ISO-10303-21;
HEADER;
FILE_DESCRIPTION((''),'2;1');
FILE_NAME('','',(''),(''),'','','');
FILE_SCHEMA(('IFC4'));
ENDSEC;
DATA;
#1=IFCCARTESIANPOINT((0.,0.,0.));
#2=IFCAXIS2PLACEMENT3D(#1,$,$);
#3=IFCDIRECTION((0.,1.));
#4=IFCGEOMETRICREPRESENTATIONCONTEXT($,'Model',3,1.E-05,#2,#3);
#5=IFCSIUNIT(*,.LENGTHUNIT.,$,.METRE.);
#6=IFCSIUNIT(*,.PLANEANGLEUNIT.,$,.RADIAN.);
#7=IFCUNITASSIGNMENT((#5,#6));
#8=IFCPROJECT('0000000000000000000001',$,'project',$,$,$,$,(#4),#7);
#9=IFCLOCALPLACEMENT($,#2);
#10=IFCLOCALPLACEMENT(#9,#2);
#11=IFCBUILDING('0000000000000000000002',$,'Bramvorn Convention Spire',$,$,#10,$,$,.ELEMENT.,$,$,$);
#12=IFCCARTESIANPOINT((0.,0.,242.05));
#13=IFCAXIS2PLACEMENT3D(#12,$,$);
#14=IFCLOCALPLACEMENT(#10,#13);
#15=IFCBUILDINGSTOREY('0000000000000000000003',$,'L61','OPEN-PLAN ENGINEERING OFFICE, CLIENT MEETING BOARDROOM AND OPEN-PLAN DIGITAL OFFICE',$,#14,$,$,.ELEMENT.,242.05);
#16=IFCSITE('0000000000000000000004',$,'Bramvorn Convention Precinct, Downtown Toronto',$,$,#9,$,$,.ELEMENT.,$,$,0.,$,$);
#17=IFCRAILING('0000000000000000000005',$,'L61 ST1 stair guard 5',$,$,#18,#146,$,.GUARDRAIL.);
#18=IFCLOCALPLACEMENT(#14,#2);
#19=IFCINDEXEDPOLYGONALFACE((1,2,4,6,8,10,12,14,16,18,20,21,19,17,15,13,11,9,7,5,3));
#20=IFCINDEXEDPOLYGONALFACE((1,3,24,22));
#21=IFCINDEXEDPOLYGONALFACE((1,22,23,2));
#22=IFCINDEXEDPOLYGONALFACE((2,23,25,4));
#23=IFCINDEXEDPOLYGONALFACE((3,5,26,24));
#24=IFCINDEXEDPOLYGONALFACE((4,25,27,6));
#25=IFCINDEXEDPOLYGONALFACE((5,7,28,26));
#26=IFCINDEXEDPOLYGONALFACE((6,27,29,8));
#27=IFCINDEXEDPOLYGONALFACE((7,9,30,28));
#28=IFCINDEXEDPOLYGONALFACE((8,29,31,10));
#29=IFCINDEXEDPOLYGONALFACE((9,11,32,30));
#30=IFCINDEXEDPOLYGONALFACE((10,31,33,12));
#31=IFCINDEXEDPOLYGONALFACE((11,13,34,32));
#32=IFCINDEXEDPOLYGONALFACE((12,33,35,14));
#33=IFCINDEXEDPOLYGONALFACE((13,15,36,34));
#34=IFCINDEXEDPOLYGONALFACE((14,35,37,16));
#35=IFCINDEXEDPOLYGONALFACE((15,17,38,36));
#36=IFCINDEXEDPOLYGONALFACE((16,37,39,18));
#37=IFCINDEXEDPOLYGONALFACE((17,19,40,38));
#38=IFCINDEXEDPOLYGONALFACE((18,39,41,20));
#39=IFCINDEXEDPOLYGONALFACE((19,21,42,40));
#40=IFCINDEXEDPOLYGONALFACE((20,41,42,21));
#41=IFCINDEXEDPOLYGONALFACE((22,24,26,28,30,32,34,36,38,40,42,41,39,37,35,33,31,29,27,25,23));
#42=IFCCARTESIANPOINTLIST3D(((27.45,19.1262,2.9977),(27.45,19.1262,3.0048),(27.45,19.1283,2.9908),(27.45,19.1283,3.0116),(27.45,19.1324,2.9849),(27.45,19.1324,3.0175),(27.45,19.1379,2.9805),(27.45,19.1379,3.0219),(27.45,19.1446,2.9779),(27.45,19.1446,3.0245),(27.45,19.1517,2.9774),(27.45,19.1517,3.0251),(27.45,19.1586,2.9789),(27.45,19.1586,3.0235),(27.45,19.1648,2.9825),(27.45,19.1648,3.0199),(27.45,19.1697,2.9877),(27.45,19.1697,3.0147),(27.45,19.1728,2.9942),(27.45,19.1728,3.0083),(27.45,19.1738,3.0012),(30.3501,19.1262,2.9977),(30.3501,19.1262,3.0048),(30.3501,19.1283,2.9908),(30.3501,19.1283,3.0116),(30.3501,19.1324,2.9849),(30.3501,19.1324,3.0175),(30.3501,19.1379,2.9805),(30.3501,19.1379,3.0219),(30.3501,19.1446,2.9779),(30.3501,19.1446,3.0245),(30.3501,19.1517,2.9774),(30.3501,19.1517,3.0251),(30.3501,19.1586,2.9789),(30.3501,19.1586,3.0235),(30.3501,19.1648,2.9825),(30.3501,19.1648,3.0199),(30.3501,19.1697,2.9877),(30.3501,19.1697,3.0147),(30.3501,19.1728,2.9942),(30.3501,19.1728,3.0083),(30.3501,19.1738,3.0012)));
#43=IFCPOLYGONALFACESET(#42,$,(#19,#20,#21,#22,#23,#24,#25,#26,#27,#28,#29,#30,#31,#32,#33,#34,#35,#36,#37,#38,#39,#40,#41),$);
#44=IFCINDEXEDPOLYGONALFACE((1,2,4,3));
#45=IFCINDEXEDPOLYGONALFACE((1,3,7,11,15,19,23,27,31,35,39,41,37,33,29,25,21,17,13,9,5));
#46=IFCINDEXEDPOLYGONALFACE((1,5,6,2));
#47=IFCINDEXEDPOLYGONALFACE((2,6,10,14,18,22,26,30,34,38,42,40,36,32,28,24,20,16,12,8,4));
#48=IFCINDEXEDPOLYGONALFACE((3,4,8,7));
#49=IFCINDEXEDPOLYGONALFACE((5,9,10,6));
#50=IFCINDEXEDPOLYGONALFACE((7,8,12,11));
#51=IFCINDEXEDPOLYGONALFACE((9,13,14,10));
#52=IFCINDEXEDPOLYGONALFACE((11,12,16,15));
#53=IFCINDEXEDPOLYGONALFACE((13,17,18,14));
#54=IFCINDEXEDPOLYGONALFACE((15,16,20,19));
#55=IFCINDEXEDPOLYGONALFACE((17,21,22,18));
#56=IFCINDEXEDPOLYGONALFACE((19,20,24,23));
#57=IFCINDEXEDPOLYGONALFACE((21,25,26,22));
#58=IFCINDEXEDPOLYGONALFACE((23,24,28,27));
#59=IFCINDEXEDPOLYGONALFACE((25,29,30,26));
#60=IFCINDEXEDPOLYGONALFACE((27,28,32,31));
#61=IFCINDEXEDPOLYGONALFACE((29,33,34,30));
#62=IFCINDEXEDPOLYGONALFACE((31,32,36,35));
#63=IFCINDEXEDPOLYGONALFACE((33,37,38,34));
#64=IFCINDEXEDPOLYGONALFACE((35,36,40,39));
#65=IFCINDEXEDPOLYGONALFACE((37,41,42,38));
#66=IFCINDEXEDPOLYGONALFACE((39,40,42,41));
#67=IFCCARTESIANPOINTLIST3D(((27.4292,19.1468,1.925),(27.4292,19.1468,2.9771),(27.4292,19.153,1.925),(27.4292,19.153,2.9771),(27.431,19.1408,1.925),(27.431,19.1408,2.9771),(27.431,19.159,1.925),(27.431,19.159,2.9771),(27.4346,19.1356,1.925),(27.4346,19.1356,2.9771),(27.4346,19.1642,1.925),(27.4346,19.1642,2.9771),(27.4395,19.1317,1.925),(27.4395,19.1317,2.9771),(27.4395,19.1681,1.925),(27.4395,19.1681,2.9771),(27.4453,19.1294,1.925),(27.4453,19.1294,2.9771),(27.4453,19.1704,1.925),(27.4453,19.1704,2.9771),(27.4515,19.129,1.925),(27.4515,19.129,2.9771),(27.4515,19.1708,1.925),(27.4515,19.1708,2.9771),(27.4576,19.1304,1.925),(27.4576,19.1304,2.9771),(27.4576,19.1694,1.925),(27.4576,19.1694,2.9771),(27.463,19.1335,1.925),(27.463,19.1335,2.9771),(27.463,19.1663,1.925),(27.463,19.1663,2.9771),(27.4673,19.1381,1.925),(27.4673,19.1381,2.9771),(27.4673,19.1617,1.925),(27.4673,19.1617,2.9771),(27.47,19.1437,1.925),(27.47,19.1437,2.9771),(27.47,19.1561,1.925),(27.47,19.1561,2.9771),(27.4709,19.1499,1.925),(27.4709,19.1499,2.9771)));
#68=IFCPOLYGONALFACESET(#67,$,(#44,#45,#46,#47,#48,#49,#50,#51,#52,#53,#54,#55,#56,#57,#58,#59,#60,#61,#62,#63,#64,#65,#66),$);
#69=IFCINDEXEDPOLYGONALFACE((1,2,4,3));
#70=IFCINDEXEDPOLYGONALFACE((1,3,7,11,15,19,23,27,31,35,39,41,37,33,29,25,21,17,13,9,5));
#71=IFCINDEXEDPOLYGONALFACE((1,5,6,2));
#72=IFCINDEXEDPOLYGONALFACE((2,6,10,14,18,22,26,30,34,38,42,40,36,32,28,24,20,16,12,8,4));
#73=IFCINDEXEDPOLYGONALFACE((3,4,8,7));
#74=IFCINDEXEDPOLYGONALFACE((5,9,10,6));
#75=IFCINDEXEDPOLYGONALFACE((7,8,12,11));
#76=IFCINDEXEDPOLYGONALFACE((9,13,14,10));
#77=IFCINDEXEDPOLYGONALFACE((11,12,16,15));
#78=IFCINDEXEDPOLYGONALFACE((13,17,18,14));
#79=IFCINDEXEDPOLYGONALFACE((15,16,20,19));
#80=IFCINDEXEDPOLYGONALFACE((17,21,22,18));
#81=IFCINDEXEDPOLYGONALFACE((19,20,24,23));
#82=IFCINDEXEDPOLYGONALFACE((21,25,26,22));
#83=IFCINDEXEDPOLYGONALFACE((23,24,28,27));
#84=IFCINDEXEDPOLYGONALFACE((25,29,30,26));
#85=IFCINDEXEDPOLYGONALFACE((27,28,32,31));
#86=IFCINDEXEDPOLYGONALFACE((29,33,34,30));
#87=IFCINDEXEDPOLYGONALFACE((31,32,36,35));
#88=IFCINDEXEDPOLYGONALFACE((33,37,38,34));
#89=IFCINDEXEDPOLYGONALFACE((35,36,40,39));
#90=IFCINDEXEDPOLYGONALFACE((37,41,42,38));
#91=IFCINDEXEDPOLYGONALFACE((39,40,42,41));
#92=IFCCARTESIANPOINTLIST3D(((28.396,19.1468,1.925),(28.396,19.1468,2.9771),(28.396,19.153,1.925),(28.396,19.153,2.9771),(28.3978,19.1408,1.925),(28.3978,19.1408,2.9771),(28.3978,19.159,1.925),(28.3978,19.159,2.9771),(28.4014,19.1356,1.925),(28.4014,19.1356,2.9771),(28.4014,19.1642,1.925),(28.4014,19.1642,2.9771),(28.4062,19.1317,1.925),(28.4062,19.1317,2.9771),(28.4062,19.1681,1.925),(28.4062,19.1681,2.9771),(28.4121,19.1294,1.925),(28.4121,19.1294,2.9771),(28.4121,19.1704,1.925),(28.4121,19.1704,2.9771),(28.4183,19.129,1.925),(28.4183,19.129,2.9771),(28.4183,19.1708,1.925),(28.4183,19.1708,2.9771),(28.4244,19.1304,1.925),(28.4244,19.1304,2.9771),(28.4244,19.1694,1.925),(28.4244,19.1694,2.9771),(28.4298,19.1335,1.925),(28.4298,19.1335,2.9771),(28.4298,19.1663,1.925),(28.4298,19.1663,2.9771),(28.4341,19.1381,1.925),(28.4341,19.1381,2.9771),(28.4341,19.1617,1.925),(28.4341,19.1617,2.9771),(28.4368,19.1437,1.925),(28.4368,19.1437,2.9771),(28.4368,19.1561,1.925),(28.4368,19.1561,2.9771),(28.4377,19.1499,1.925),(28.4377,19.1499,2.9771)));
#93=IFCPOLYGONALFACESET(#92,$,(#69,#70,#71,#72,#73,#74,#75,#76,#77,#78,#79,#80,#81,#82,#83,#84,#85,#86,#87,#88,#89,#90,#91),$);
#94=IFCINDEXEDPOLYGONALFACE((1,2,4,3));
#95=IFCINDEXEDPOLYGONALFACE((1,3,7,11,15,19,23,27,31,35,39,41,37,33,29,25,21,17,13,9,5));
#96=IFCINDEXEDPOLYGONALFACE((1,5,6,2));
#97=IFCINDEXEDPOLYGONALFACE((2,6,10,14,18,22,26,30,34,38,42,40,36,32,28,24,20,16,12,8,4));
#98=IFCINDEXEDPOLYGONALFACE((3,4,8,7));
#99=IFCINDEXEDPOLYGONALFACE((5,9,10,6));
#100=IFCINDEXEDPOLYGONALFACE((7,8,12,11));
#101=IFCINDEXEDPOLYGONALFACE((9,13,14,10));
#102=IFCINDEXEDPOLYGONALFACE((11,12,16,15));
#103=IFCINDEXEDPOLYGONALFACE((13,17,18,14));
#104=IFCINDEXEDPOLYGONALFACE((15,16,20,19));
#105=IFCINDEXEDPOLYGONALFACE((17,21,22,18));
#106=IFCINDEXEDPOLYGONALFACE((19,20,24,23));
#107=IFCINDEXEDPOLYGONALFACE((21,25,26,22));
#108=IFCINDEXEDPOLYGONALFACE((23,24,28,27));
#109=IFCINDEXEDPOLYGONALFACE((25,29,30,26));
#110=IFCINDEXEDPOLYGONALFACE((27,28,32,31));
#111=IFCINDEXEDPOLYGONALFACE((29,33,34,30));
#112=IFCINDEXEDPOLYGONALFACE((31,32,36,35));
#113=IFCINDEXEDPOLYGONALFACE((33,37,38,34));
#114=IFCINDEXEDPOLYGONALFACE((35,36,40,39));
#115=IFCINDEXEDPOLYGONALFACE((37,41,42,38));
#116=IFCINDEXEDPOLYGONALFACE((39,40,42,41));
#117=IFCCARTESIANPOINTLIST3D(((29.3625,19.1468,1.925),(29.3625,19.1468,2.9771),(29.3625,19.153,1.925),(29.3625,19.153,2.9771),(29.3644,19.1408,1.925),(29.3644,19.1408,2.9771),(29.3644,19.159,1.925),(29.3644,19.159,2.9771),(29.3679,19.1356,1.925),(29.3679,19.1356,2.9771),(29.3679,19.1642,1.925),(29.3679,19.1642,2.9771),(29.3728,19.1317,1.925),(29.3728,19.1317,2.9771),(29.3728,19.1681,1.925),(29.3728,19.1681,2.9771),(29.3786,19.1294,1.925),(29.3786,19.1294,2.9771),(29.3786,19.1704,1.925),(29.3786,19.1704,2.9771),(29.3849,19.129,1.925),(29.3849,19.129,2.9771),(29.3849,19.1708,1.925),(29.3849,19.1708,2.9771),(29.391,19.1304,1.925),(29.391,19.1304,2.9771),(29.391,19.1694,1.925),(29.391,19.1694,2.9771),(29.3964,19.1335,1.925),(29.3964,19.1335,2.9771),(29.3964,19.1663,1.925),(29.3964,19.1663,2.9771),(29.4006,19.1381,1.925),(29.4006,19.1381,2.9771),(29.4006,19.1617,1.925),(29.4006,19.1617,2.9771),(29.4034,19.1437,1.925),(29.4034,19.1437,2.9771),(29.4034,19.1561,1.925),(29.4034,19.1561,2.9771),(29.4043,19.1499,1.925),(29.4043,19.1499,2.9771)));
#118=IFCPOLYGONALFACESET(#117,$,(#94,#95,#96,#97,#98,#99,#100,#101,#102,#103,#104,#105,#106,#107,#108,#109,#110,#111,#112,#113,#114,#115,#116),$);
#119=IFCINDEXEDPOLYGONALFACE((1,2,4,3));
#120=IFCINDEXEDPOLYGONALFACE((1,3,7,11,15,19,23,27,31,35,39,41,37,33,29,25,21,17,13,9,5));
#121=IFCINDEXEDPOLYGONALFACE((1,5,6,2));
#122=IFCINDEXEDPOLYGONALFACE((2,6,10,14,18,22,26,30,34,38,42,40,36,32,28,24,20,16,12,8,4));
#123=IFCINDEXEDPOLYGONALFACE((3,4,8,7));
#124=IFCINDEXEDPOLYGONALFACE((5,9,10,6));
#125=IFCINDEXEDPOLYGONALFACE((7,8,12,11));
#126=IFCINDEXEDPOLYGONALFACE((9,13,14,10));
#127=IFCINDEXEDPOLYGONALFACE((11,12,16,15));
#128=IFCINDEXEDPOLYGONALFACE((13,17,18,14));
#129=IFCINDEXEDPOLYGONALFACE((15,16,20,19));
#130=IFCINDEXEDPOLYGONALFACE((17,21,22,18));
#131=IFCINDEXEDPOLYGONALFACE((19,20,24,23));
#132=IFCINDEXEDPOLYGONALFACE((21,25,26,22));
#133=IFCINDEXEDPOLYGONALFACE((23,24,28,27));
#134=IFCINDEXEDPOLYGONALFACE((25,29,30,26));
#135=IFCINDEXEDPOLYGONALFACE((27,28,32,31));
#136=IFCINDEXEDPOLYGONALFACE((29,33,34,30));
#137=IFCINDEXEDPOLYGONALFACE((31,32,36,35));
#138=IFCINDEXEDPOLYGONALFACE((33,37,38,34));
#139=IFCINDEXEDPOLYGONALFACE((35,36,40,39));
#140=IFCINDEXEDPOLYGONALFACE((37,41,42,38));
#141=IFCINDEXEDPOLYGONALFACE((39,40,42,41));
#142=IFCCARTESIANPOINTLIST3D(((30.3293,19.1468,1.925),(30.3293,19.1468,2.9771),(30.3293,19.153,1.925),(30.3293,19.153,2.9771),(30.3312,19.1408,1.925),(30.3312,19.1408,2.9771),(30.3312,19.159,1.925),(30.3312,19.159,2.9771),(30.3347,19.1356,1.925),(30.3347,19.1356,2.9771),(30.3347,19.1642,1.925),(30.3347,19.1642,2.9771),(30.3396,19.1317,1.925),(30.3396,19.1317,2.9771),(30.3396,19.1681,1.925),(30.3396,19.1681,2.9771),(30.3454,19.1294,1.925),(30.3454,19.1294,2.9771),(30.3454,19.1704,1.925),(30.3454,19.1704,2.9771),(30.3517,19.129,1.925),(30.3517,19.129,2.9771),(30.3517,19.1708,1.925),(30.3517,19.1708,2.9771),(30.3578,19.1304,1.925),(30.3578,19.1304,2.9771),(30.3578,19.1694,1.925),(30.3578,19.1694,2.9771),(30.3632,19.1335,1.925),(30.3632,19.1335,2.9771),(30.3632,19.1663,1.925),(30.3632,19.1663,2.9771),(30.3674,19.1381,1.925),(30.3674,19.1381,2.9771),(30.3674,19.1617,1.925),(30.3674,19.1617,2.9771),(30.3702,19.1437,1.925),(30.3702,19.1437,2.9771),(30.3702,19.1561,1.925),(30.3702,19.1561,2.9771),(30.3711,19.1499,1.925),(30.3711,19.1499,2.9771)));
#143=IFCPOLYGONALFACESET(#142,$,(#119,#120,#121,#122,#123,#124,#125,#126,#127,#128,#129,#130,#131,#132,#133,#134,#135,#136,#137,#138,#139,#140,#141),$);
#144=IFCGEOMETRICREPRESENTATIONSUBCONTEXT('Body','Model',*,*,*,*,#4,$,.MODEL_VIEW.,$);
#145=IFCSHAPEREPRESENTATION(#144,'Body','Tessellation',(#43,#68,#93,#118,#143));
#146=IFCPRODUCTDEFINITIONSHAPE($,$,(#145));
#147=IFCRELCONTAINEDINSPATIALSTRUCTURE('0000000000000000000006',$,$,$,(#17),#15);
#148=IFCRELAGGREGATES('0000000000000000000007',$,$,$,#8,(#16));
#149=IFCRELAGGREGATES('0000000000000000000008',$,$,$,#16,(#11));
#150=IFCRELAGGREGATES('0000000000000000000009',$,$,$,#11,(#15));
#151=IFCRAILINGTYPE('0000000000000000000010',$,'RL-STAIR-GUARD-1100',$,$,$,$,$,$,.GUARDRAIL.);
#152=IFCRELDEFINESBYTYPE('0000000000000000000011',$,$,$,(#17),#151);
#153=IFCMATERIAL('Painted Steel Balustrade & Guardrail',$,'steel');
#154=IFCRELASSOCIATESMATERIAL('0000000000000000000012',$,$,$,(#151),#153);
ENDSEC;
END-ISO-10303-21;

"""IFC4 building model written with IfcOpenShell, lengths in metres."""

from ifc_helpers import new_model, si_unit, direction, frame, origin, origin_2d, place, context, subcontext, project, spatial, circle, extrude, material, type_object, element, save


model = new_model("IFC4")

# Units and contexts
model_context = context("Model", 3, precision=1e-05, world=origin(), true_north=direction((0.0, 1.0)))
body_context = subcontext(model_context, "Body", "Model", "MODEL_VIEW")
ifc_project = project(units=[si_unit("LENGTHUNIT", "METRE"), si_unit("PLANEANGLEUNIT", "RADIAN")], contexts=[model_context])

# Site, building, storey
site_placement = place(None, origin())
site = spatial("IfcSite", under=ifc_project, at=site_placement, Name="Bramvorn Convention Precinct, Downtown Toronto", CompositionType="ELEMENT", RefElevation=0.0)
building_placement = place(site_placement, origin())
building = spatial("IfcBuilding", under=site, at=building_placement, Name="Bramvorn Convention Spire", CompositionType="ELEMENT")
storey_placement = place(building_placement, frame((0.0, 0.0, 242.05)))
storey = spatial("IfcBuildingStorey", under=building, at=storey_placement, Name="L61", Description="OPEN-PLAN ENGINEERING OFFICE, CLIENT MEETING BOARDROOM AND OPEN-PLAN DIGITAL OFFICE", CompositionType="ELEMENT", Elevation=242.05)

# Railing
ifc_material_1 = material(Name="Painted Steel Balustrade & Guardrail", Category="steel")
railing_type_1 = type_object("IfcRailingType", Name="RL-STAIR-GUARD-1100", PredefinedType="GUARDRAIL", material=ifc_material_1)
railing_1_placement = place(storey_placement, frame((27.45, 19.1499, 1.925)))
element("IfcRailing", 1, at=railing_1_placement, inside=storey, type_object=railing_type_1, Name="L61 ST1 stair guard 5", PredefinedType="GUARDRAIL", context=body_context, shape_type="SweptSolid", body=[
    extrude(circle(Radius=0.0239, at=origin_2d()), frame((0.0, 0.0, 1.0762), z_axis=(1.0, 0.0, 0.0), x_axis=(0.0, 1.0, 0.0)), (0.0, 0.0, 1.0), 2.9001),
    extrude(circle(Radius=0.021, at=origin_2d()), origin(), (0.0, 0.0, 1.0), 1.052),
    extrude(circle(Radius=0.021, at=origin_2d()), frame((0.9668, 0.0, 0.0)), (0.0, 0.0, 1.0), 1.052),
    extrude(circle(Radius=0.021, at=origin_2d()), frame((1.9333, 0.0, 0.0)), (0.0, 0.0, 1.0), 1.052),
    extrude(circle(Radius=0.021, at=origin_2d()), frame((2.9001, 0.0, 0.0)), (0.0, 0.0, 1.0), 1.052),
])

save(model, "model.ifc")
